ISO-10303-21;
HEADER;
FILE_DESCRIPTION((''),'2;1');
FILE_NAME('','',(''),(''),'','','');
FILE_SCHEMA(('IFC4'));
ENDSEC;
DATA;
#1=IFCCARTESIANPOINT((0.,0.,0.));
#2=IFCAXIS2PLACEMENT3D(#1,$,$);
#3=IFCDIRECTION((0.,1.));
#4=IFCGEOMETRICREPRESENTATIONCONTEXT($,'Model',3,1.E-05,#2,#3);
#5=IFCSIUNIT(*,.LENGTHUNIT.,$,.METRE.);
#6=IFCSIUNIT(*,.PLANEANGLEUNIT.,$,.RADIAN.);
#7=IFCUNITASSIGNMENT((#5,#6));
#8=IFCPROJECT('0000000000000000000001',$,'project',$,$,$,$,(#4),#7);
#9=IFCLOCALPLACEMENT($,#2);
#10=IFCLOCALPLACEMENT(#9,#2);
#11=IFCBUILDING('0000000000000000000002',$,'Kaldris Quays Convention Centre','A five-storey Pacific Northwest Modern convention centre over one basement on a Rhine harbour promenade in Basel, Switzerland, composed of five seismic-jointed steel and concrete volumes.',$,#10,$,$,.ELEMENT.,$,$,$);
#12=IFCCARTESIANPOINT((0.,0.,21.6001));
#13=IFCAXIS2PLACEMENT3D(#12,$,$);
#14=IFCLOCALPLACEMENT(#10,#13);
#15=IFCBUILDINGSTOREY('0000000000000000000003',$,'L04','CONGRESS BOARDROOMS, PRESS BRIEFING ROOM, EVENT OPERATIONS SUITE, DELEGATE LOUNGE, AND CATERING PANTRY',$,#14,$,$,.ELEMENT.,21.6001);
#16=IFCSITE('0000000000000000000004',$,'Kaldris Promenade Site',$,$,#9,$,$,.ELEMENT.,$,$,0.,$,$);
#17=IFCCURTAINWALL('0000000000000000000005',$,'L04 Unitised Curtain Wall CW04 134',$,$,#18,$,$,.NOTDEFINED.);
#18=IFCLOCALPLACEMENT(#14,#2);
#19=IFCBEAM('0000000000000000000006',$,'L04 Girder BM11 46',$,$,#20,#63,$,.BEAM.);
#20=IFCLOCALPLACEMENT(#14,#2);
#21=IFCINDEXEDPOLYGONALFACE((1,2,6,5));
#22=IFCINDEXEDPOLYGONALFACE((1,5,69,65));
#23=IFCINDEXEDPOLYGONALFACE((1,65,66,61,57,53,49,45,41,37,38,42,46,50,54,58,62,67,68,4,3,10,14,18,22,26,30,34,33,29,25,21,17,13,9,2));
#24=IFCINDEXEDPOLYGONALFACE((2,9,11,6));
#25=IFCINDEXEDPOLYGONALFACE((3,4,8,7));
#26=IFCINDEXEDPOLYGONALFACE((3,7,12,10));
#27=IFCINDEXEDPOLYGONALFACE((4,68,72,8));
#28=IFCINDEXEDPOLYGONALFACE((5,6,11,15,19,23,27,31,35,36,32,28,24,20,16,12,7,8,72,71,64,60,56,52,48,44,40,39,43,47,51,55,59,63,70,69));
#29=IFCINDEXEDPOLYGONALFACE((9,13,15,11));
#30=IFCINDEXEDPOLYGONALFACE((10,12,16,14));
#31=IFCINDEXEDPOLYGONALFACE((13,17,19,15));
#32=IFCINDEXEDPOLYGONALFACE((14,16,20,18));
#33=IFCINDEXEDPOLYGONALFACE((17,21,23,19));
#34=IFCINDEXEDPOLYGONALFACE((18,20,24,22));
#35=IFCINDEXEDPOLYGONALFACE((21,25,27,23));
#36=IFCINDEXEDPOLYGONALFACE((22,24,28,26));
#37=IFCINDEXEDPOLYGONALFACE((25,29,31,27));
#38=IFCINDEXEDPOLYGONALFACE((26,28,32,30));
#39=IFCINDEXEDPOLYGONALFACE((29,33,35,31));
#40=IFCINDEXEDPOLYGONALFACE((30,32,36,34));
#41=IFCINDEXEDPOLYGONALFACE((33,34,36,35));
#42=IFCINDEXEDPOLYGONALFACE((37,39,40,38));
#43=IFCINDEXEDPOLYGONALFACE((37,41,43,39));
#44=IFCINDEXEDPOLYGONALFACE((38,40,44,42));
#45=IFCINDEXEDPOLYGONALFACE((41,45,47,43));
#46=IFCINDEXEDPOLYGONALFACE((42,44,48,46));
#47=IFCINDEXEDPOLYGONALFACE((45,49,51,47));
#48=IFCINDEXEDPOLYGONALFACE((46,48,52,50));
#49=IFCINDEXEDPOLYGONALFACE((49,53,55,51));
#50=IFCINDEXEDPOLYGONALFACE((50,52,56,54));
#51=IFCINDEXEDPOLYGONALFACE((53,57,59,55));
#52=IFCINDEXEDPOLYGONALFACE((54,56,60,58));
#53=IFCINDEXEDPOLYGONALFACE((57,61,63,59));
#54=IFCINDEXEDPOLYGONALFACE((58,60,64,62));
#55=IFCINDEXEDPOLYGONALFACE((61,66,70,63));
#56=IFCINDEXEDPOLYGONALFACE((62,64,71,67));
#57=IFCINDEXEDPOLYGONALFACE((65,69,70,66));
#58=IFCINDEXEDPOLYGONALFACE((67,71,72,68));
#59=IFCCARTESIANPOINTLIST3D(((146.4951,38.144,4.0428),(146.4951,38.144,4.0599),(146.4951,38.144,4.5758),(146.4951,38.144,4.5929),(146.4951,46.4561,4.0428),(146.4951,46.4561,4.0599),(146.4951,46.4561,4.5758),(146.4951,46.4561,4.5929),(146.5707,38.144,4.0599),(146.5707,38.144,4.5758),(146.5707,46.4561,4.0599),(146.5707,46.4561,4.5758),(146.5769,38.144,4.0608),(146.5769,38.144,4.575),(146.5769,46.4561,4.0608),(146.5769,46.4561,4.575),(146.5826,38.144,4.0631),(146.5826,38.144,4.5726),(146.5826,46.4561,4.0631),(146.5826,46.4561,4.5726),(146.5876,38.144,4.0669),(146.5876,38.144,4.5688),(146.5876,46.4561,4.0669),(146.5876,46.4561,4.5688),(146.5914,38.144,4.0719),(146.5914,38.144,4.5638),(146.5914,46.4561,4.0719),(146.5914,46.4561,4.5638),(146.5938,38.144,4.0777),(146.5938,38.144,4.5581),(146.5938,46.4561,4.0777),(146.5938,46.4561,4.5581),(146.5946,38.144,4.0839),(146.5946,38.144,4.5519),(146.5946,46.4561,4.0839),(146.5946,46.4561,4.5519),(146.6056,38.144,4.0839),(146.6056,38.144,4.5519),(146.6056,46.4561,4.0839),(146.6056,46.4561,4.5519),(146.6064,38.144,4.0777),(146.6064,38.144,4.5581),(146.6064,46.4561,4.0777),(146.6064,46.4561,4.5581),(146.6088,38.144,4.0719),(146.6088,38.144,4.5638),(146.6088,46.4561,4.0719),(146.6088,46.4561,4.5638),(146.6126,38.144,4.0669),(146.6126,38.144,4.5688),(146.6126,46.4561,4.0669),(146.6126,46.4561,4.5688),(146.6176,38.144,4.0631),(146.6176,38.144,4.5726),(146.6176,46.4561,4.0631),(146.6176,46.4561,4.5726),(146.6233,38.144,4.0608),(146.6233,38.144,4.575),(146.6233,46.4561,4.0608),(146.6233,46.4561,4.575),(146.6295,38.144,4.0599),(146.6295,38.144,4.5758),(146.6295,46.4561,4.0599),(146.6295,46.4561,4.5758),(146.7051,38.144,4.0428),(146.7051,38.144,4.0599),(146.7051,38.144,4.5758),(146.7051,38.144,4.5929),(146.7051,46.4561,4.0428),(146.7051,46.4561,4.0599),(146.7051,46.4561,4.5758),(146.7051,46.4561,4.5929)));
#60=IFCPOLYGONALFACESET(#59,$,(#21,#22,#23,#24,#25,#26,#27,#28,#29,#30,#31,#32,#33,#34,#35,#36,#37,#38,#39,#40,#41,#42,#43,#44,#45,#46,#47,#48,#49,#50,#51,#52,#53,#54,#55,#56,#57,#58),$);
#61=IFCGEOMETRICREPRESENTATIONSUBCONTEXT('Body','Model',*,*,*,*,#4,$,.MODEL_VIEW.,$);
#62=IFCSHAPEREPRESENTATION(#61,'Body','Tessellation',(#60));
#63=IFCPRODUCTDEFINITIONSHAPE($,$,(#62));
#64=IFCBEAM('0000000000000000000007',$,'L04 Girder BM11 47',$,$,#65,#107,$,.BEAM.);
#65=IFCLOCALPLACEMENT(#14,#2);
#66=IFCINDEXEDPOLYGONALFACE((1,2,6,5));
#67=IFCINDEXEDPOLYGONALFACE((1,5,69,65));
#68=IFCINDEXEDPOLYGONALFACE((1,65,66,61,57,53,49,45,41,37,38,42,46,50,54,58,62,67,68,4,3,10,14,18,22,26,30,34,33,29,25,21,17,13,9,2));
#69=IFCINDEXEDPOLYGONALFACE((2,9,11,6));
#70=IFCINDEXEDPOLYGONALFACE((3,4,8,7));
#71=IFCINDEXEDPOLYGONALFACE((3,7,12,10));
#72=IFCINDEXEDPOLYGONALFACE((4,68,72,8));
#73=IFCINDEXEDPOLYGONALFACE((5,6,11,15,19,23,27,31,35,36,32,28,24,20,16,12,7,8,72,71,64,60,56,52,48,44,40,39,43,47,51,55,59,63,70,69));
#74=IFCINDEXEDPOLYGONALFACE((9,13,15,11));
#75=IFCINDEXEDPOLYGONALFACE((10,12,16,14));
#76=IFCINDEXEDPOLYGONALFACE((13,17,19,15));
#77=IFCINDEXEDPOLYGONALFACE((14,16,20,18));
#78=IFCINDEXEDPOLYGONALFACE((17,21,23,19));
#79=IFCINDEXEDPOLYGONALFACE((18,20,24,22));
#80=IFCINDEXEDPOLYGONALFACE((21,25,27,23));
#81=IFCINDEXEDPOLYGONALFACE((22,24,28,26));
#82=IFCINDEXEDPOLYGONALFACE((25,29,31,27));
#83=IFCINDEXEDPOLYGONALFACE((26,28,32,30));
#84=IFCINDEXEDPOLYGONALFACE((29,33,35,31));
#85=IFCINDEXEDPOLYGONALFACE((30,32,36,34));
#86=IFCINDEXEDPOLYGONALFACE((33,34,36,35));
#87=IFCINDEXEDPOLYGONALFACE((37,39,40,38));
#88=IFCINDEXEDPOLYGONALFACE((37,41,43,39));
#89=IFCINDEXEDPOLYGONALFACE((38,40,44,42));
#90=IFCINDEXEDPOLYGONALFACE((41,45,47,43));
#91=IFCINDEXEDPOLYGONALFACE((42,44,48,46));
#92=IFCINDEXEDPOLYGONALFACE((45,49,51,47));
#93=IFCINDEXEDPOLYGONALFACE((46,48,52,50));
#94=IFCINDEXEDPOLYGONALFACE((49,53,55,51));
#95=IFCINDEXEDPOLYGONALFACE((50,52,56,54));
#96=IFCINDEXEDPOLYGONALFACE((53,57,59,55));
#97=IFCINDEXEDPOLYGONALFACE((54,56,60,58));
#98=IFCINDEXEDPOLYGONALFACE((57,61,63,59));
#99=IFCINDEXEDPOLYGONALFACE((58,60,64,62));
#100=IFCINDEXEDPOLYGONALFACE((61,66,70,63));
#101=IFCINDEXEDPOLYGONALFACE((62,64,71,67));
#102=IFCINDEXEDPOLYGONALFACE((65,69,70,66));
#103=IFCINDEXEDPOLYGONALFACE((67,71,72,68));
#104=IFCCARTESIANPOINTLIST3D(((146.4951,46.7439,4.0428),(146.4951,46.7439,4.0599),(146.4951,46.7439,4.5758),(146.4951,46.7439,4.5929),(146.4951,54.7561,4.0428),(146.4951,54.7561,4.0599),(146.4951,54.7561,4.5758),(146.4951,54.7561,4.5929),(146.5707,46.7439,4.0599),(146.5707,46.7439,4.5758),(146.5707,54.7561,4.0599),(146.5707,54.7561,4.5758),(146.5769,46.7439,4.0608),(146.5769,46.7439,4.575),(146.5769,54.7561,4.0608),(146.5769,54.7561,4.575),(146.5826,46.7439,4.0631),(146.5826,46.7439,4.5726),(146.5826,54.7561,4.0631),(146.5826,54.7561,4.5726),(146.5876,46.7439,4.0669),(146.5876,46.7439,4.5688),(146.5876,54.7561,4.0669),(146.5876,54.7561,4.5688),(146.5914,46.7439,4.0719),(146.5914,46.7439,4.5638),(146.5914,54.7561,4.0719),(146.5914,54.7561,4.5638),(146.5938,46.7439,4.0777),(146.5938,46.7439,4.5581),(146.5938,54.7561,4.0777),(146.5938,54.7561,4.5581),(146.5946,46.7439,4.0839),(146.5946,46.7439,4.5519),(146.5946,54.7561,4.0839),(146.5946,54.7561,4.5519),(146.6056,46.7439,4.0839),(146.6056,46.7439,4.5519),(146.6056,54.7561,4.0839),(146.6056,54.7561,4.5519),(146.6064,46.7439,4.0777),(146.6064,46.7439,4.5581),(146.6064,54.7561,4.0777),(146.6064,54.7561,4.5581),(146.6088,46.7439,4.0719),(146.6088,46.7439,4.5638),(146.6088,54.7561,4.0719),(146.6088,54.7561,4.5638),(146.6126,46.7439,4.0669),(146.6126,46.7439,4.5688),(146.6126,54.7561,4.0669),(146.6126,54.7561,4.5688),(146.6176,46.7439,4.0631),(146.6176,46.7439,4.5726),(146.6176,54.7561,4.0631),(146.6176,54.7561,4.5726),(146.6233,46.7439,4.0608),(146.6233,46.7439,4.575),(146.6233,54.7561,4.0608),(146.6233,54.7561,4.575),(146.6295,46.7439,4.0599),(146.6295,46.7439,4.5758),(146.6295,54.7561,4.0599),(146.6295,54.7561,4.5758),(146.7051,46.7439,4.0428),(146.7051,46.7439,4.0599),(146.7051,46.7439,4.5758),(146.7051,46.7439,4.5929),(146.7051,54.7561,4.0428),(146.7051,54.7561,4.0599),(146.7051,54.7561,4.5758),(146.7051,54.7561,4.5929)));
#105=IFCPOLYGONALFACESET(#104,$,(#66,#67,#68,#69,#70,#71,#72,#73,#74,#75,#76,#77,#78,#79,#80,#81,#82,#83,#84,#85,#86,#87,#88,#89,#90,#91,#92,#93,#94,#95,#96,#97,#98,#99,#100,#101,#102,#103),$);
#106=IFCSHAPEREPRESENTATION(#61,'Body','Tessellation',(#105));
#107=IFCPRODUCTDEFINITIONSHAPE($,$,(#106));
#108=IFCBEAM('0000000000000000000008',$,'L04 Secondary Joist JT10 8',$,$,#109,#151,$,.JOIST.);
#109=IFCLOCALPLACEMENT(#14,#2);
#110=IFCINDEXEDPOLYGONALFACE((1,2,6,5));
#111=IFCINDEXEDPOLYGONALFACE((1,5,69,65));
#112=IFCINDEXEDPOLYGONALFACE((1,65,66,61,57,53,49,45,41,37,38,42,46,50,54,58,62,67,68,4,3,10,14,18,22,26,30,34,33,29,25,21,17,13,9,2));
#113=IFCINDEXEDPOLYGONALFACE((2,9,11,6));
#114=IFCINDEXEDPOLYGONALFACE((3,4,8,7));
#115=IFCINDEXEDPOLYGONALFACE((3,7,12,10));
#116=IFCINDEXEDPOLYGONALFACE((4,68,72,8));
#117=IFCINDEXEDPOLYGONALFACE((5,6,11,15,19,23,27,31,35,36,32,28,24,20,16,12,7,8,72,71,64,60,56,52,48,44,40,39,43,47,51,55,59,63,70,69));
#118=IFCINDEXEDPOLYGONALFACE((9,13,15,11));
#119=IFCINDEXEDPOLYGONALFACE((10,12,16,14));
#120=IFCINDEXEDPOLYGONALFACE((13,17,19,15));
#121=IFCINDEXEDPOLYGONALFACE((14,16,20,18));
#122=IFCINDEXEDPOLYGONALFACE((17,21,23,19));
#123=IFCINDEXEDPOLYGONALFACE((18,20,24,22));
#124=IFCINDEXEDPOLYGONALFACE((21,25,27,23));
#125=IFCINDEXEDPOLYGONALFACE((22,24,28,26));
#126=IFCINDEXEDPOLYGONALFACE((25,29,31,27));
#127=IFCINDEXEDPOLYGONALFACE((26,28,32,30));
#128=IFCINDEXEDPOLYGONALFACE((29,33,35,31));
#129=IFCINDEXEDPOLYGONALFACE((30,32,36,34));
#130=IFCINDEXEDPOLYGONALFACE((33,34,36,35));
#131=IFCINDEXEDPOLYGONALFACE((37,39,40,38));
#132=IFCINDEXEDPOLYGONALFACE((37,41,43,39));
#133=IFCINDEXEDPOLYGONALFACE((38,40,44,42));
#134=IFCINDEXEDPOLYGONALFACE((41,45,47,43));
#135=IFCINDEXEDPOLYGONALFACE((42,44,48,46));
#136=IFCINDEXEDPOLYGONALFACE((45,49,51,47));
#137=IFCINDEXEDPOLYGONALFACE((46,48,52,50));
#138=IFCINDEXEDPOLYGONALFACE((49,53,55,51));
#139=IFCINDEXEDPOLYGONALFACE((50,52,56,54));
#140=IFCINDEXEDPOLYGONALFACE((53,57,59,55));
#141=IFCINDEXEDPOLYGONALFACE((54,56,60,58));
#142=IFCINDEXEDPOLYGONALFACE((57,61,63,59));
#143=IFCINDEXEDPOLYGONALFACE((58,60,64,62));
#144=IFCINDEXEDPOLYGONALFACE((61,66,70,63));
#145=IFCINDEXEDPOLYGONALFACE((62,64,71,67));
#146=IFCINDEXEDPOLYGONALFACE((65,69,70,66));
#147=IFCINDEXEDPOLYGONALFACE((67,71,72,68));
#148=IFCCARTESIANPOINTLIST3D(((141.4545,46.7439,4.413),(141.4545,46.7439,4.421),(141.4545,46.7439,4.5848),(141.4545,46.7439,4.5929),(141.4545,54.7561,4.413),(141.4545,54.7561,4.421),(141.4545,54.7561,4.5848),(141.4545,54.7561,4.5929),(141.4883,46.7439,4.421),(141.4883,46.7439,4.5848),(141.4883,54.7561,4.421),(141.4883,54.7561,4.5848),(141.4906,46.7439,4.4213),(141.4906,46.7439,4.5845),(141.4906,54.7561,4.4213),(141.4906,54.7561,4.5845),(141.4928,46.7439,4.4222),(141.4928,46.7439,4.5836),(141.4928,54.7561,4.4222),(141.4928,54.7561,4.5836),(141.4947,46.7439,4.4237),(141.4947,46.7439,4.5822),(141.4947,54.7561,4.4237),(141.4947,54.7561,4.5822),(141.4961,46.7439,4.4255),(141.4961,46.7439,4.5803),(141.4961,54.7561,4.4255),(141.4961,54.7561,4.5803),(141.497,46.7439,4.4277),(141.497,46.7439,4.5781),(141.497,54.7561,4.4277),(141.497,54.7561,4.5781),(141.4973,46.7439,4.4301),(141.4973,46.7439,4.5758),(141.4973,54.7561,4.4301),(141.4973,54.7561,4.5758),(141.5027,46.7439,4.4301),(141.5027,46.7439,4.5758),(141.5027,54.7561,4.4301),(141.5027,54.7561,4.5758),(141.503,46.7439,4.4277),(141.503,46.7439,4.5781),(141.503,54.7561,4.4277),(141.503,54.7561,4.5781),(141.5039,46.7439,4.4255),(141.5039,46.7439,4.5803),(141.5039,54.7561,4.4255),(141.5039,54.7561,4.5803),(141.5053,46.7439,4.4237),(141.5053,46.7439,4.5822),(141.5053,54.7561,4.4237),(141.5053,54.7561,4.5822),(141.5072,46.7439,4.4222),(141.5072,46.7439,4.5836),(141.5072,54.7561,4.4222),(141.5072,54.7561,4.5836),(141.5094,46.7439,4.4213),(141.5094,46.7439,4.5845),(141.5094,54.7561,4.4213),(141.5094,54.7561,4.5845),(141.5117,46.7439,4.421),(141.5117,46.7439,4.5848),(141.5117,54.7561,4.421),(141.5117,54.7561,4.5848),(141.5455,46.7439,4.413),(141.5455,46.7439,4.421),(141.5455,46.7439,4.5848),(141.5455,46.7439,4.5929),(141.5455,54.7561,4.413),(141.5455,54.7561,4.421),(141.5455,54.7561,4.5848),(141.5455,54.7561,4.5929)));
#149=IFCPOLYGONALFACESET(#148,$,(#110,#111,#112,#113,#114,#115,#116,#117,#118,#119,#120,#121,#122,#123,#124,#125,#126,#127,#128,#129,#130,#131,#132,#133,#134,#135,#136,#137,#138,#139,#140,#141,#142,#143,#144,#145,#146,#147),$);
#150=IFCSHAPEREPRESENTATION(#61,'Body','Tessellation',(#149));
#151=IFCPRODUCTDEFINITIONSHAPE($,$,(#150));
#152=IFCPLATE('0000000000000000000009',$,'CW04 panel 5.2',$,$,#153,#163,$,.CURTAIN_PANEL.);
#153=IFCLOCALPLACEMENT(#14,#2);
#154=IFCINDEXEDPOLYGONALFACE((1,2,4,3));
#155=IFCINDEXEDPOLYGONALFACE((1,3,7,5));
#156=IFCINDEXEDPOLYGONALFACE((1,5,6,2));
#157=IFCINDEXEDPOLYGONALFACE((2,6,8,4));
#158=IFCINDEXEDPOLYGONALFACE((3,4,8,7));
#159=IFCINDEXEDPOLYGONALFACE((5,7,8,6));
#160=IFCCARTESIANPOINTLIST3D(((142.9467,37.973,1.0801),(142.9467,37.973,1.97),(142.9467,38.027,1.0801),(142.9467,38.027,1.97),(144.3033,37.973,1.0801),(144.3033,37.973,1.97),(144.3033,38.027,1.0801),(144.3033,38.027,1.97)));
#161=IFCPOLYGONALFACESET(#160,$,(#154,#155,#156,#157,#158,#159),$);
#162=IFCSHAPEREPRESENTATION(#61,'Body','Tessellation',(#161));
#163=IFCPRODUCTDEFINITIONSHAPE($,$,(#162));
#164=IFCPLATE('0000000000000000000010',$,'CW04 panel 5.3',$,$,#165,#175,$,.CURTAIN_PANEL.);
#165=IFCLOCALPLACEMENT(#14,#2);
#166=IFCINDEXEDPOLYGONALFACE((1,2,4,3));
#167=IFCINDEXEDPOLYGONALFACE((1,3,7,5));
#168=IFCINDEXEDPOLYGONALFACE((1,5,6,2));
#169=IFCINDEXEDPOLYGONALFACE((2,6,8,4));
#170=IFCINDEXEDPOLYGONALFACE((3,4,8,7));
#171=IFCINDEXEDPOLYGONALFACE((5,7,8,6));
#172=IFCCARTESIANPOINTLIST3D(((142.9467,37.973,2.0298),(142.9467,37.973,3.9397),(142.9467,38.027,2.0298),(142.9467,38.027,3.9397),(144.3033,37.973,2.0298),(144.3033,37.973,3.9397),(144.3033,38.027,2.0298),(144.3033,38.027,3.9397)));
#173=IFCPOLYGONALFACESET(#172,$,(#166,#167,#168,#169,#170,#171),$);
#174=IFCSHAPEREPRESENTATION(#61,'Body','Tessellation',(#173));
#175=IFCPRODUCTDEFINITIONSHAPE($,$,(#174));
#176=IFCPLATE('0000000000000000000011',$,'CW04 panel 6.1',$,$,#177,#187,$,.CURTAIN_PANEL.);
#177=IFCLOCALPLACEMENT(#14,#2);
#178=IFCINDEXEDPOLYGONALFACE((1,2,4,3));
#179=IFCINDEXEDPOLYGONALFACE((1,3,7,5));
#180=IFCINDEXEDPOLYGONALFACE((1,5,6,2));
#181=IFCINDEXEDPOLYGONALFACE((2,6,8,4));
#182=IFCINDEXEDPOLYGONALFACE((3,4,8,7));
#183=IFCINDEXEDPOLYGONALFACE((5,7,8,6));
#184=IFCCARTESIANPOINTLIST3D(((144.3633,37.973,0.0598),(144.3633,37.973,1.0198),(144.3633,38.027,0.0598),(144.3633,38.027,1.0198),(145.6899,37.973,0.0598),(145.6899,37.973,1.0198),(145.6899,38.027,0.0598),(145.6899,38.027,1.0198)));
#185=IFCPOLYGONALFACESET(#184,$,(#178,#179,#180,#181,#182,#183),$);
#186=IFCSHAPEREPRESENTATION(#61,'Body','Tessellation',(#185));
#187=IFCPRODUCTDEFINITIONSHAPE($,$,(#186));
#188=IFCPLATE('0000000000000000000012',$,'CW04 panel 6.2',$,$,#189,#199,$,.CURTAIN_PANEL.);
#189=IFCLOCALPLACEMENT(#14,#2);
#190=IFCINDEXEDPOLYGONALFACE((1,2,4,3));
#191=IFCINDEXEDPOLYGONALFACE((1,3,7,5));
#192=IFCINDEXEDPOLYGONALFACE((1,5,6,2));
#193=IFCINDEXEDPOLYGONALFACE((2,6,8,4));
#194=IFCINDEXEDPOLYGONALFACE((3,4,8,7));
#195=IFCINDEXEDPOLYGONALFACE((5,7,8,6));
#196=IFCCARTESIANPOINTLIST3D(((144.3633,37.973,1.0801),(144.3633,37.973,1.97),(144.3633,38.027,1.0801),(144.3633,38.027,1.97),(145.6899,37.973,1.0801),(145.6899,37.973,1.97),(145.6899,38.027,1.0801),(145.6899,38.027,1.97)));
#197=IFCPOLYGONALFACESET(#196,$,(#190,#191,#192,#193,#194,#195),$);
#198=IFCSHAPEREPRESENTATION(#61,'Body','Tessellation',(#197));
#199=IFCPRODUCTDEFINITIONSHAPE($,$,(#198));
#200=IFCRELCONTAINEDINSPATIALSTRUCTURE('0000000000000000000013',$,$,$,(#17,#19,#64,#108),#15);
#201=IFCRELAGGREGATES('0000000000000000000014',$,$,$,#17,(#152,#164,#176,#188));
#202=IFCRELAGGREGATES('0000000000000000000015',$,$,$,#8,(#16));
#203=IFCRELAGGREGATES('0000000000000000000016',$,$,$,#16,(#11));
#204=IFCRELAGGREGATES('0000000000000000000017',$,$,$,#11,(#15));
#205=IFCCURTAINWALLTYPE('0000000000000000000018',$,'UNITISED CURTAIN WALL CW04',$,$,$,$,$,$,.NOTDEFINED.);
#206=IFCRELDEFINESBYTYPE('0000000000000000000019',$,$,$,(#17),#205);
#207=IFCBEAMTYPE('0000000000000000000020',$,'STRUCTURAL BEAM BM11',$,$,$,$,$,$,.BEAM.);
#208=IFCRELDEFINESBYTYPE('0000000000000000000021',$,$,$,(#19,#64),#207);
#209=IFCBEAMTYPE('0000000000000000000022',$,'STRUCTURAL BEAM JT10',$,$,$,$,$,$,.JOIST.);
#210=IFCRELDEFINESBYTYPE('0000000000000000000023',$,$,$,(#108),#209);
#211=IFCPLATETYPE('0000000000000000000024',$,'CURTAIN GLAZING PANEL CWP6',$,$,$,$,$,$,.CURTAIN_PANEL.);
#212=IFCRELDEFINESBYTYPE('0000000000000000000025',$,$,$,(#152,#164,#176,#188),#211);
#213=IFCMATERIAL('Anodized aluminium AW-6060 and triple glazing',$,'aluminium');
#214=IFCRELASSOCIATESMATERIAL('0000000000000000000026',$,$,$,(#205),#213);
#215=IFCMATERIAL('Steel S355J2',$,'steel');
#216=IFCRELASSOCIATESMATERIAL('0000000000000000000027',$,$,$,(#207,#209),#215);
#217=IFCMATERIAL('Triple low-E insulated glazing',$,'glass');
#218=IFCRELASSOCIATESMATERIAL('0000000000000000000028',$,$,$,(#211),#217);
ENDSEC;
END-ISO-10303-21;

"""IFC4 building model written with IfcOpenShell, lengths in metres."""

from ifc_helpers import new_model, si_unit, direction, frame, origin, origin_2d, place, context, subcontext, project, spatial, rectangle, i_section, extrude, material, material_profile, profile_set, type_object, element, aggregate, save


model = new_model("IFC4")

# Units and contexts
model_context = context("Model", 3, precision=1e-05, world=origin(), true_north=direction((0.0, 1.0)))
body_context = subcontext(model_context, "Body", "Model", "MODEL_VIEW")
ifc_project = project(units=[si_unit("LENGTHUNIT", "METRE"), si_unit("PLANEANGLEUNIT", "RADIAN")], contexts=[model_context])

# Site, building, storey
site_placement = place(None, origin())
site = spatial("IfcSite", under=ifc_project, at=site_placement, Name="Kaldris Promenade Site", CompositionType="ELEMENT", RefElevation=0.0)
building_placement = place(site_placement, origin())
building = spatial("IfcBuilding", under=site, at=building_placement, Name="Kaldris Quays Convention Centre", Description="A five-storey Pacific Northwest Modern convention centre over one basement on a Rhine harbour promenade in Basel, Switzerland, composed of five seismic-jointed steel and concrete volumes.", CompositionType="ELEMENT")
storey_placement = place(building_placement, frame((0.0, 0.0, 21.6001)))
storey = spatial("IfcBuildingStorey", under=building, at=storey_placement, Name="L04", Description="CONGRESS BOARDROOMS, PRESS BRIEFING ROOM, EVENT OPERATIONS SUITE, DELEGATE LOUNGE, AND CATERING PANTRY", CompositionType="ELEMENT", Elevation=21.6001)

# Shared definitions
ifc_material_1 = material(Name="Steel S355J2", Category="steel")

# Curtain wall
ifc_material_2 = material(Name="Anodized aluminium AW-6060 and triple glazing", Category="aluminium")
curtain_wall_type_1 = type_object("IfcCurtainWallType", Name="UNITISED CURTAIN WALL CW04", PredefinedType="NOTDEFINED", material=ifc_material_2)
curtain_wall_1_placement = place(storey_placement, origin())
curtain_wall_1 = element("IfcCurtainWall", 1, at=curtain_wall_1_placement, inside=storey, type_object=curtain_wall_type_1, Name="L04 Unitised Curtain Wall CW04 134", PredefinedType="NOTDEFINED")

# Beams
ifc_material_profile_1 = material_profile(ifc_material_1, i_section(OverallWidth=0.21, OverallDepth=0.55, WebThickness=0.011, FlangeThickness=0.0171, FilletRadius=0.0239, at=origin_2d()), Name="IPE 550")
ifc_profile_set_1 = profile_set([ifc_material_profile_1], Name="Steel S355J2")
beam_type_1 = type_object("IfcBeamType", Name="STRUCTURAL BEAM BM11", PredefinedType="BEAM", material=ifc_profile_set_1)
beam_1_placement = place(storey_placement, frame((146.6001, 38.144, 4.3179), z_axis=(0.0, 1.0, 0.0), x_axis=(-1.0, 0.0, 0.0)))
element("IfcBeam", 2, at=beam_1_placement, inside=storey, type_object=beam_type_1, Name="L04 Girder BM11 46", PredefinedType="BEAM", context=body_context, shape_type="SweptSolid", body=[
    extrude(i_section(OverallWidth=0.21, OverallDepth=0.55, WebThickness=0.011, FlangeThickness=0.0171, FilletRadius=0.0239, at=origin_2d()), origin(), (0.0, 0.0, 1.0), 8.312),
])
beam_2_placement = place(storey_placement, frame((146.6001, 46.7439, 4.3179), z_axis=(0.0, 1.0, 0.0), x_axis=(-1.0, 0.0, 0.0)))
element("IfcBeam", 3, at=beam_2_placement, inside=storey, type_object=beam_type_1, Name="L04 Girder BM11 47", PredefinedType="BEAM", context=body_context, shape_type="SweptSolid", body=[
    extrude(i_section(OverallWidth=0.21, OverallDepth=0.55, WebThickness=0.011, FlangeThickness=0.0171, FilletRadius=0.0239, at=origin_2d()), origin(), (0.0, 0.0, 1.0), 8.0122),
])
ifc_material_profile_2 = material_profile(ifc_material_1, i_section(OverallWidth=0.0911, OverallDepth=0.1799, WebThickness=0.0054, FlangeThickness=0.0081, FilletRadius=0.009, at=origin_2d()), Name="IPE 180")
ifc_profile_set_2 = profile_set([ifc_material_profile_2], Name="Steel S355J2")
beam_type_2 = type_object("IfcBeamType", Name="STRUCTURAL BEAM JT10", PredefinedType="JOIST", material=ifc_profile_set_2)
beam_3_placement = place(storey_placement, frame((141.5, 46.7439, 4.5029), z_axis=(0.0, 1.0, 0.0), x_axis=(-1.0, 0.0, 0.0)))
element("IfcBeam", 4, at=beam_3_placement, inside=storey, type_object=beam_type_2, Name="L04 Secondary Joist JT10 8", PredefinedType="JOIST", context=body_context, shape_type="SweptSolid", body=[
    extrude(i_section(OverallWidth=0.0911, OverallDepth=0.1799, WebThickness=0.0054, FlangeThickness=0.0081, FilletRadius=0.009, at=origin_2d()), origin(), (0.0, 0.0, 1.0), 8.0122),
])

# Plates
ifc_material_3 = material(Name="Triple low-E insulated glazing", Category="glass")
plate_type = type_object("IfcPlateType", Name="CURTAIN GLAZING PANEL CWP6", PredefinedType="CURTAIN_PANEL", material=ifc_material_3)
plate_1_placement = place(storey_placement, frame((143.625, 38.0, 1.0801), z_axis=(0.0, 0.0, 1.0), x_axis=(1.0, 0.0, 0.0)))
plate_1 = element("IfcPlate", 5, at=plate_1_placement, type_object=plate_type, Name="CW04 panel 5.2", PredefinedType="CURTAIN_PANEL", context=body_context, shape_type="SweptSolid", body=[
    extrude(rectangle(XDim=1.3567, YDim=0.054, at=origin_2d()), origin(), (0.0, 0.0, 1.0), 0.8899),
])
plate_2_placement = place(storey_placement, frame((143.625, 38.0, 2.0298), z_axis=(0.0, 0.0, 1.0), x_axis=(1.0, 0.0, 0.0)))
plate_2 = element("IfcPlate", 6, at=plate_2_placement, type_object=plate_type, Name="CW04 panel 5.3", PredefinedType="CURTAIN_PANEL", context=body_context, shape_type="SweptSolid", body=[
    extrude(rectangle(XDim=1.3567, YDim=0.054, at=origin_2d()), origin(), (0.0, 0.0, 1.0), 1.9099),
])
plate_3_placement = place(storey_placement, frame((145.0266, 38.0, 0.0598), z_axis=(0.0, 0.0, 1.0), x_axis=(1.0, 0.0, 0.0)))
plate_3 = element("IfcPlate", 7, at=plate_3_placement, type_object=plate_type, Name="CW04 panel 6.1", PredefinedType="CURTAIN_PANEL", context=body_context, shape_type="SweptSolid", body=[
    extrude(rectangle(XDim=1.3267, YDim=0.054, at=origin_2d()), origin(), (0.0, 0.0, 1.0), 0.96),
])
plate_4_placement = place(storey_placement, frame((145.0266, 38.0, 1.0801), z_axis=(0.0, 0.0, 1.0), x_axis=(1.0, 0.0, 0.0)))
plate_4 = element("IfcPlate", 8, at=plate_4_placement, type_object=plate_type, Name="CW04 panel 6.2", PredefinedType="CURTAIN_PANEL", context=body_context, shape_type="SweptSolid", body=[
    extrude(rectangle(XDim=1.3267, YDim=0.054, at=origin_2d()), origin(), (0.0, 0.0, 1.0), 0.8899),
])
aggregate(curtain_wall_1, [plate_1, plate_2, plate_3, plate_4])

save(model, "model.ifc")
